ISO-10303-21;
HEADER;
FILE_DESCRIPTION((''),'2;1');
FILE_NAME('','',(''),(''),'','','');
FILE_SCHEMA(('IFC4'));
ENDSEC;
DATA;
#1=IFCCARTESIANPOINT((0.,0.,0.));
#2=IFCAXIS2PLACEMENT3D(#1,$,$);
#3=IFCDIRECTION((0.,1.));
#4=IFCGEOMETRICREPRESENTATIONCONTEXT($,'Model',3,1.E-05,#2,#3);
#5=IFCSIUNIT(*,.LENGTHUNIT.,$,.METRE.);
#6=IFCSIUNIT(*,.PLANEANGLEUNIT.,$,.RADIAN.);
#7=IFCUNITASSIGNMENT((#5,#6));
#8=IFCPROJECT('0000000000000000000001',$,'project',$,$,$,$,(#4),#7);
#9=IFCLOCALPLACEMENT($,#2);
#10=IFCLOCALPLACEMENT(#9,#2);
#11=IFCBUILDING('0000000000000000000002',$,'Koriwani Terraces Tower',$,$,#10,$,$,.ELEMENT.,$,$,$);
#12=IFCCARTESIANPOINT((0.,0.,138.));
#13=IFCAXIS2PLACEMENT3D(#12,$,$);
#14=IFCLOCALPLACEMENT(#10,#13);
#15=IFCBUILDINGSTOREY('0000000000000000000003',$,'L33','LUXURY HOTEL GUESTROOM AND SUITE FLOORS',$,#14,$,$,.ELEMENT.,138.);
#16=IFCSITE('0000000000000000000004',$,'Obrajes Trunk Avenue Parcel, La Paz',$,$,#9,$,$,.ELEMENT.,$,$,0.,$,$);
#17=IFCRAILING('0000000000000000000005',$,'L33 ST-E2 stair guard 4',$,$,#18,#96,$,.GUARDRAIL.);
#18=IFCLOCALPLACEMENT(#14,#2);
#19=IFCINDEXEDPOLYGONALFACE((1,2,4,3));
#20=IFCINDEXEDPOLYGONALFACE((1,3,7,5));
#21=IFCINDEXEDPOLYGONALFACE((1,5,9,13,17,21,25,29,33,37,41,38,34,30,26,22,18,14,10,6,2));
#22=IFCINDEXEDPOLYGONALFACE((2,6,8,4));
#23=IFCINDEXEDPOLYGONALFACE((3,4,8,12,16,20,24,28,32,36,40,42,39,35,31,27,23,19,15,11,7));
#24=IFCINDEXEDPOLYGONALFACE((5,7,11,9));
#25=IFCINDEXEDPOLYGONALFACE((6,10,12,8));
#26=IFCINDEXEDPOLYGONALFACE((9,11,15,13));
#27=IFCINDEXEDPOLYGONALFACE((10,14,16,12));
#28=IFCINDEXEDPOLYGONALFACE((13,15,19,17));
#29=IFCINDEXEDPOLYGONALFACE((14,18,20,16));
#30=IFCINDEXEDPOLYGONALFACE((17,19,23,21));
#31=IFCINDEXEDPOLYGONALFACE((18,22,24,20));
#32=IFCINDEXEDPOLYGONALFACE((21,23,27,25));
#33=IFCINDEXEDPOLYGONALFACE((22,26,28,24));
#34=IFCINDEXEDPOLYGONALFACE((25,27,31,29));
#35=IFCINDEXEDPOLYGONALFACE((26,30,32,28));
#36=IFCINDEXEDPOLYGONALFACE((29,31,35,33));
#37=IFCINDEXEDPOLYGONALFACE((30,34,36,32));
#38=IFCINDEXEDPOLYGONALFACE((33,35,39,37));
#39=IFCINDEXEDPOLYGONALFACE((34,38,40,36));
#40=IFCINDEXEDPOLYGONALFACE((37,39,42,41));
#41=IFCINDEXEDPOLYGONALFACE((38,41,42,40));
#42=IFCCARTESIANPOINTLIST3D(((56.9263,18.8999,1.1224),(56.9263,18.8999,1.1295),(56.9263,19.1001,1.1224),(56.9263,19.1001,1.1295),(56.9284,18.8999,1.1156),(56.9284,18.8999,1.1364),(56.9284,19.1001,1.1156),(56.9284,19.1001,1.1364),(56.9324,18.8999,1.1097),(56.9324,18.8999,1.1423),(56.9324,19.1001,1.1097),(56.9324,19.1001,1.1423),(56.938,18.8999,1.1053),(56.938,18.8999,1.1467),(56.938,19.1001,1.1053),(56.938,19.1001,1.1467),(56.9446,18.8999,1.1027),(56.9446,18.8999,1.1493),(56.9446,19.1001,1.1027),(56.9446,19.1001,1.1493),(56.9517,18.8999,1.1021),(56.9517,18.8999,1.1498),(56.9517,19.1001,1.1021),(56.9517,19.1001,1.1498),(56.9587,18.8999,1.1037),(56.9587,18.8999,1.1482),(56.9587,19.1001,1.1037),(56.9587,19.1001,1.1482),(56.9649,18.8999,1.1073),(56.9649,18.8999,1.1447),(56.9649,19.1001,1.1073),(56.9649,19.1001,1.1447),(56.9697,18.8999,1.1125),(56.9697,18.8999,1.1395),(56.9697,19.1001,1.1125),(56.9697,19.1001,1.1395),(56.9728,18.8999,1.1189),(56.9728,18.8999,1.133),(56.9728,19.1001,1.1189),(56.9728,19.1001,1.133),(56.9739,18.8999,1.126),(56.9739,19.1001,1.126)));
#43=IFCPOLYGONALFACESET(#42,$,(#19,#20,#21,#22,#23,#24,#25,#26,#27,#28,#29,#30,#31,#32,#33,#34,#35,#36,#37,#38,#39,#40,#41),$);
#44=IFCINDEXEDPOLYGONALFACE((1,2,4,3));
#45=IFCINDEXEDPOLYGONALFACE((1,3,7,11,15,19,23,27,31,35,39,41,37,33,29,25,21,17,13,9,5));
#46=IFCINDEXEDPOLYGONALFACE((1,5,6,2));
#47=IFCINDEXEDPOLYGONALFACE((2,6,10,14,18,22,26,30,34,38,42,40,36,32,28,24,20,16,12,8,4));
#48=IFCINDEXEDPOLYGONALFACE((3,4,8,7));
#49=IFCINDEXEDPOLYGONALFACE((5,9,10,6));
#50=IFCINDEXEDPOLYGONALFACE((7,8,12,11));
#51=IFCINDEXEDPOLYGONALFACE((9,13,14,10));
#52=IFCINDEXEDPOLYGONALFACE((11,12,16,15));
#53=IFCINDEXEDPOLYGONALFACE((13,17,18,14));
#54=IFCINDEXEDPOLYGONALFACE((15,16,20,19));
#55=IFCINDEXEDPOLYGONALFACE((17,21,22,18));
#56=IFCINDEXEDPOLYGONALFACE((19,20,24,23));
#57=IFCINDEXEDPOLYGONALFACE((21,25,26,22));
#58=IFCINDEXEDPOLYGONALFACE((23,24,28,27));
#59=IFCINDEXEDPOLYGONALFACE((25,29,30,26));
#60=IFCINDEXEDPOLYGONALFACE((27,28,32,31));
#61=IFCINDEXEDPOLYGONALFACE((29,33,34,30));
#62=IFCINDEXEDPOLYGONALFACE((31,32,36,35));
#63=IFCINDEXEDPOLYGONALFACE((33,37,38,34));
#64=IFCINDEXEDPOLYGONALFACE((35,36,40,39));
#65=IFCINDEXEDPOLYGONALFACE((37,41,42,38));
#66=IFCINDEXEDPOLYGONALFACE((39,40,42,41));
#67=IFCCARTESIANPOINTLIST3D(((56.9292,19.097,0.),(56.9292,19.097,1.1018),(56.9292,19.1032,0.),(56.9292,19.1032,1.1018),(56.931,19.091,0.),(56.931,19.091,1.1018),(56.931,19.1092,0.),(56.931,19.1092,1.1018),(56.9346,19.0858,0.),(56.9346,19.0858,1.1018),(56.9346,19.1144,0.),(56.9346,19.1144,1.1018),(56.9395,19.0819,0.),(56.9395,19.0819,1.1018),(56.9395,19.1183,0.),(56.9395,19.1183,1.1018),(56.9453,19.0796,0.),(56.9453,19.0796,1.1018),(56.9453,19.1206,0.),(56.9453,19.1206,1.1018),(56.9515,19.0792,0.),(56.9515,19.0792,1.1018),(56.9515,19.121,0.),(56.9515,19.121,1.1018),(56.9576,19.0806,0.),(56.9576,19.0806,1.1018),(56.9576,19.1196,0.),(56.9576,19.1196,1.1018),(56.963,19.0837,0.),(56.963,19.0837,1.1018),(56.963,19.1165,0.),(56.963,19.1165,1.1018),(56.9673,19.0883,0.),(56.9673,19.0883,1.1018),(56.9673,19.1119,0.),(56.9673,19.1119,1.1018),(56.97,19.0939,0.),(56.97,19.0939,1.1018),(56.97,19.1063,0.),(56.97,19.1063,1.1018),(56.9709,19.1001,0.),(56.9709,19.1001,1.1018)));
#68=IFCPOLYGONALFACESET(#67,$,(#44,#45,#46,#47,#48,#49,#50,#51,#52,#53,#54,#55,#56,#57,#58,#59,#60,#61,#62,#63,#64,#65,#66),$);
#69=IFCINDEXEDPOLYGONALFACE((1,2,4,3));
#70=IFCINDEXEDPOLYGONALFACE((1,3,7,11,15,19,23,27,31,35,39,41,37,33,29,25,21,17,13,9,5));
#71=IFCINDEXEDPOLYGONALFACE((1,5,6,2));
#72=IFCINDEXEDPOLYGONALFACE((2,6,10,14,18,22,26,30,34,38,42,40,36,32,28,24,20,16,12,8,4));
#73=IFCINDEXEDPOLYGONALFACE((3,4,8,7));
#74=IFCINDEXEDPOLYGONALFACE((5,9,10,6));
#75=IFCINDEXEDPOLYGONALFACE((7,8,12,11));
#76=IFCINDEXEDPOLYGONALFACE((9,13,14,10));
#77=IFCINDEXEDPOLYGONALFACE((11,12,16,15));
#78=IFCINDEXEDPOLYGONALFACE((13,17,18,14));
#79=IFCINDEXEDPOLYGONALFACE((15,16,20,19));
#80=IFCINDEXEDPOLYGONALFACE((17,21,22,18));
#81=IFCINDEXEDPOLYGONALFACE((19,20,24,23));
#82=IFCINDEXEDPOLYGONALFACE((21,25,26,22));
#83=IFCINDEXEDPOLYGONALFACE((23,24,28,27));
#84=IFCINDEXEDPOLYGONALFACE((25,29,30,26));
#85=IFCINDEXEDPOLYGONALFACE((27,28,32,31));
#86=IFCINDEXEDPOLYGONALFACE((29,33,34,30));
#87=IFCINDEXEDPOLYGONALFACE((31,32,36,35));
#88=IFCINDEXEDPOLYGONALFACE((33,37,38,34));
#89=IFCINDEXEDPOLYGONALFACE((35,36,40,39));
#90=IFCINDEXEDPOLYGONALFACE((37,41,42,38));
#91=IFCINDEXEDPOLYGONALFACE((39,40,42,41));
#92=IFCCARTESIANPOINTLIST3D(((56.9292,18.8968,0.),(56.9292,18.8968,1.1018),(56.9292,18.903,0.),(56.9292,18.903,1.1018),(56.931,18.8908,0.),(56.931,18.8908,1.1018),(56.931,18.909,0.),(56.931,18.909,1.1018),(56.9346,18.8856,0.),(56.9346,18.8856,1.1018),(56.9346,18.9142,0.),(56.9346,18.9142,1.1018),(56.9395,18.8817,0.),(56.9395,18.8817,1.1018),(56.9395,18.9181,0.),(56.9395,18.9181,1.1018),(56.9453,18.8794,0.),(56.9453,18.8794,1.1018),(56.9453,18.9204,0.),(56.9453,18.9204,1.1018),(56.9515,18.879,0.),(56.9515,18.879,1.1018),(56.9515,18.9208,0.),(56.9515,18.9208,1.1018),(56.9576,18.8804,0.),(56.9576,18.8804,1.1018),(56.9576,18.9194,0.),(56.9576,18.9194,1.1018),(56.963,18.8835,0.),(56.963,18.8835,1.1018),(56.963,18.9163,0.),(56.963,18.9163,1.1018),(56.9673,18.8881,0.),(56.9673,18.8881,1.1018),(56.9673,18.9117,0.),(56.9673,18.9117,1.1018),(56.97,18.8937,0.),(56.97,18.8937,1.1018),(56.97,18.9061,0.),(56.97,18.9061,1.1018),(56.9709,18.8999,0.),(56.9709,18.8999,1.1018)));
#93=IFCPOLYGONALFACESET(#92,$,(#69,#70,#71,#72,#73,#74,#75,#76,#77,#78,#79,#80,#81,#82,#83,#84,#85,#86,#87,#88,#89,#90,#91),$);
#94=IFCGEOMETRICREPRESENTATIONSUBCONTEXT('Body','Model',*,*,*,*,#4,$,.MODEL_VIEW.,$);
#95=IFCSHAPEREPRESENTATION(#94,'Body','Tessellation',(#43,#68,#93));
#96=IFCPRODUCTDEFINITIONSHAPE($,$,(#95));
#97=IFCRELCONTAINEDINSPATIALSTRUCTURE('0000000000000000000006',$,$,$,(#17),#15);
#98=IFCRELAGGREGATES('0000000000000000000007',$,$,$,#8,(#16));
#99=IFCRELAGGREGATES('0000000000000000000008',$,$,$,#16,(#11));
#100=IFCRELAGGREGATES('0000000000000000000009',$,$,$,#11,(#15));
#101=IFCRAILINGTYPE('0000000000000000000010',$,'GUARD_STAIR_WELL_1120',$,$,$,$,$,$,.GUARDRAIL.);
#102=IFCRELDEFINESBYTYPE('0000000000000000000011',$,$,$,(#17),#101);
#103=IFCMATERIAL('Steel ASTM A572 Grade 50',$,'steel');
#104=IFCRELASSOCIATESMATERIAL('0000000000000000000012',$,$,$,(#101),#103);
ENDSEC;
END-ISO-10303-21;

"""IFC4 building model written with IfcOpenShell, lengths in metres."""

from ifc_helpers import new_model, si_unit, direction, frame, origin, origin_2d, place, context, subcontext, project, spatial, circle, extrude, material, type_object, element, save


model = new_model("IFC4")

# Units and contexts
model_context = context("Model", 3, precision=1e-05, world=origin(), true_north=direction((0.0, 1.0)))
body_context = subcontext(model_context, "Body", "Model", "MODEL_VIEW")
ifc_project = project(units=[si_unit("LENGTHUNIT", "METRE"), si_unit("PLANEANGLEUNIT", "RADIAN")], contexts=[model_context])

# Site, building, storey
site_placement = place(None, origin())
site = spatial("IfcSite", under=ifc_project, at=site_placement, Name="Obrajes Trunk Avenue Parcel, La Paz", CompositionType="ELEMENT", RefElevation=0.0)
building_placement = place(site_placement, origin())
building = spatial("IfcBuilding", under=site, at=building_placement, Name="Koriwani Terraces Tower", CompositionType="ELEMENT")
storey_placement = place(building_placement, frame((0.0, 0.0, 138.0)))
storey = spatial("IfcBuildingStorey", under=building, at=storey_placement, Name="L33", Description="LUXURY HOTEL GUESTROOM AND SUITE FLOORS", CompositionType="ELEMENT", Elevation=138.0)

# Shared definitions
ifc_material_1 = material(Name="Steel ASTM A572 Grade 50", Category="steel")

# Railing
railing_type_1 = type_object("IfcRailingType", Name="GUARD_STAIR_WELL_1120", PredefinedType="GUARDRAIL", material=ifc_material_1)
railing_1_placement = place(storey_placement, frame((56.95, 19.1001, 0.0)))
element("IfcRailing", 1, at=railing_1_placement, inside=storey, type_object=railing_type_1, Name="L33 ST-E2 stair guard 4", PredefinedType="GUARDRAIL", context=body_context, shape_type="SweptSolid", body=[
    extrude(circle(Radius=0.0239, at=origin_2d()), frame((0.0, 0.0, 1.126), z_axis=(0.0, -1.0, 0.0), x_axis=(1.0, 0.0, 0.0)), (0.0, 0.0, 1.0), 0.2002),
    extrude(circle(Radius=0.021, at=origin_2d()), origin(), (0.0, 0.0, 1.0), 1.1018),
    extrude(circle(Radius=0.021, at=origin_2d()), frame((0.0, -0.2002, 0.0)), (0.0, 0.0, 1.0), 1.1018),
])

save(model, "model.ifc")
